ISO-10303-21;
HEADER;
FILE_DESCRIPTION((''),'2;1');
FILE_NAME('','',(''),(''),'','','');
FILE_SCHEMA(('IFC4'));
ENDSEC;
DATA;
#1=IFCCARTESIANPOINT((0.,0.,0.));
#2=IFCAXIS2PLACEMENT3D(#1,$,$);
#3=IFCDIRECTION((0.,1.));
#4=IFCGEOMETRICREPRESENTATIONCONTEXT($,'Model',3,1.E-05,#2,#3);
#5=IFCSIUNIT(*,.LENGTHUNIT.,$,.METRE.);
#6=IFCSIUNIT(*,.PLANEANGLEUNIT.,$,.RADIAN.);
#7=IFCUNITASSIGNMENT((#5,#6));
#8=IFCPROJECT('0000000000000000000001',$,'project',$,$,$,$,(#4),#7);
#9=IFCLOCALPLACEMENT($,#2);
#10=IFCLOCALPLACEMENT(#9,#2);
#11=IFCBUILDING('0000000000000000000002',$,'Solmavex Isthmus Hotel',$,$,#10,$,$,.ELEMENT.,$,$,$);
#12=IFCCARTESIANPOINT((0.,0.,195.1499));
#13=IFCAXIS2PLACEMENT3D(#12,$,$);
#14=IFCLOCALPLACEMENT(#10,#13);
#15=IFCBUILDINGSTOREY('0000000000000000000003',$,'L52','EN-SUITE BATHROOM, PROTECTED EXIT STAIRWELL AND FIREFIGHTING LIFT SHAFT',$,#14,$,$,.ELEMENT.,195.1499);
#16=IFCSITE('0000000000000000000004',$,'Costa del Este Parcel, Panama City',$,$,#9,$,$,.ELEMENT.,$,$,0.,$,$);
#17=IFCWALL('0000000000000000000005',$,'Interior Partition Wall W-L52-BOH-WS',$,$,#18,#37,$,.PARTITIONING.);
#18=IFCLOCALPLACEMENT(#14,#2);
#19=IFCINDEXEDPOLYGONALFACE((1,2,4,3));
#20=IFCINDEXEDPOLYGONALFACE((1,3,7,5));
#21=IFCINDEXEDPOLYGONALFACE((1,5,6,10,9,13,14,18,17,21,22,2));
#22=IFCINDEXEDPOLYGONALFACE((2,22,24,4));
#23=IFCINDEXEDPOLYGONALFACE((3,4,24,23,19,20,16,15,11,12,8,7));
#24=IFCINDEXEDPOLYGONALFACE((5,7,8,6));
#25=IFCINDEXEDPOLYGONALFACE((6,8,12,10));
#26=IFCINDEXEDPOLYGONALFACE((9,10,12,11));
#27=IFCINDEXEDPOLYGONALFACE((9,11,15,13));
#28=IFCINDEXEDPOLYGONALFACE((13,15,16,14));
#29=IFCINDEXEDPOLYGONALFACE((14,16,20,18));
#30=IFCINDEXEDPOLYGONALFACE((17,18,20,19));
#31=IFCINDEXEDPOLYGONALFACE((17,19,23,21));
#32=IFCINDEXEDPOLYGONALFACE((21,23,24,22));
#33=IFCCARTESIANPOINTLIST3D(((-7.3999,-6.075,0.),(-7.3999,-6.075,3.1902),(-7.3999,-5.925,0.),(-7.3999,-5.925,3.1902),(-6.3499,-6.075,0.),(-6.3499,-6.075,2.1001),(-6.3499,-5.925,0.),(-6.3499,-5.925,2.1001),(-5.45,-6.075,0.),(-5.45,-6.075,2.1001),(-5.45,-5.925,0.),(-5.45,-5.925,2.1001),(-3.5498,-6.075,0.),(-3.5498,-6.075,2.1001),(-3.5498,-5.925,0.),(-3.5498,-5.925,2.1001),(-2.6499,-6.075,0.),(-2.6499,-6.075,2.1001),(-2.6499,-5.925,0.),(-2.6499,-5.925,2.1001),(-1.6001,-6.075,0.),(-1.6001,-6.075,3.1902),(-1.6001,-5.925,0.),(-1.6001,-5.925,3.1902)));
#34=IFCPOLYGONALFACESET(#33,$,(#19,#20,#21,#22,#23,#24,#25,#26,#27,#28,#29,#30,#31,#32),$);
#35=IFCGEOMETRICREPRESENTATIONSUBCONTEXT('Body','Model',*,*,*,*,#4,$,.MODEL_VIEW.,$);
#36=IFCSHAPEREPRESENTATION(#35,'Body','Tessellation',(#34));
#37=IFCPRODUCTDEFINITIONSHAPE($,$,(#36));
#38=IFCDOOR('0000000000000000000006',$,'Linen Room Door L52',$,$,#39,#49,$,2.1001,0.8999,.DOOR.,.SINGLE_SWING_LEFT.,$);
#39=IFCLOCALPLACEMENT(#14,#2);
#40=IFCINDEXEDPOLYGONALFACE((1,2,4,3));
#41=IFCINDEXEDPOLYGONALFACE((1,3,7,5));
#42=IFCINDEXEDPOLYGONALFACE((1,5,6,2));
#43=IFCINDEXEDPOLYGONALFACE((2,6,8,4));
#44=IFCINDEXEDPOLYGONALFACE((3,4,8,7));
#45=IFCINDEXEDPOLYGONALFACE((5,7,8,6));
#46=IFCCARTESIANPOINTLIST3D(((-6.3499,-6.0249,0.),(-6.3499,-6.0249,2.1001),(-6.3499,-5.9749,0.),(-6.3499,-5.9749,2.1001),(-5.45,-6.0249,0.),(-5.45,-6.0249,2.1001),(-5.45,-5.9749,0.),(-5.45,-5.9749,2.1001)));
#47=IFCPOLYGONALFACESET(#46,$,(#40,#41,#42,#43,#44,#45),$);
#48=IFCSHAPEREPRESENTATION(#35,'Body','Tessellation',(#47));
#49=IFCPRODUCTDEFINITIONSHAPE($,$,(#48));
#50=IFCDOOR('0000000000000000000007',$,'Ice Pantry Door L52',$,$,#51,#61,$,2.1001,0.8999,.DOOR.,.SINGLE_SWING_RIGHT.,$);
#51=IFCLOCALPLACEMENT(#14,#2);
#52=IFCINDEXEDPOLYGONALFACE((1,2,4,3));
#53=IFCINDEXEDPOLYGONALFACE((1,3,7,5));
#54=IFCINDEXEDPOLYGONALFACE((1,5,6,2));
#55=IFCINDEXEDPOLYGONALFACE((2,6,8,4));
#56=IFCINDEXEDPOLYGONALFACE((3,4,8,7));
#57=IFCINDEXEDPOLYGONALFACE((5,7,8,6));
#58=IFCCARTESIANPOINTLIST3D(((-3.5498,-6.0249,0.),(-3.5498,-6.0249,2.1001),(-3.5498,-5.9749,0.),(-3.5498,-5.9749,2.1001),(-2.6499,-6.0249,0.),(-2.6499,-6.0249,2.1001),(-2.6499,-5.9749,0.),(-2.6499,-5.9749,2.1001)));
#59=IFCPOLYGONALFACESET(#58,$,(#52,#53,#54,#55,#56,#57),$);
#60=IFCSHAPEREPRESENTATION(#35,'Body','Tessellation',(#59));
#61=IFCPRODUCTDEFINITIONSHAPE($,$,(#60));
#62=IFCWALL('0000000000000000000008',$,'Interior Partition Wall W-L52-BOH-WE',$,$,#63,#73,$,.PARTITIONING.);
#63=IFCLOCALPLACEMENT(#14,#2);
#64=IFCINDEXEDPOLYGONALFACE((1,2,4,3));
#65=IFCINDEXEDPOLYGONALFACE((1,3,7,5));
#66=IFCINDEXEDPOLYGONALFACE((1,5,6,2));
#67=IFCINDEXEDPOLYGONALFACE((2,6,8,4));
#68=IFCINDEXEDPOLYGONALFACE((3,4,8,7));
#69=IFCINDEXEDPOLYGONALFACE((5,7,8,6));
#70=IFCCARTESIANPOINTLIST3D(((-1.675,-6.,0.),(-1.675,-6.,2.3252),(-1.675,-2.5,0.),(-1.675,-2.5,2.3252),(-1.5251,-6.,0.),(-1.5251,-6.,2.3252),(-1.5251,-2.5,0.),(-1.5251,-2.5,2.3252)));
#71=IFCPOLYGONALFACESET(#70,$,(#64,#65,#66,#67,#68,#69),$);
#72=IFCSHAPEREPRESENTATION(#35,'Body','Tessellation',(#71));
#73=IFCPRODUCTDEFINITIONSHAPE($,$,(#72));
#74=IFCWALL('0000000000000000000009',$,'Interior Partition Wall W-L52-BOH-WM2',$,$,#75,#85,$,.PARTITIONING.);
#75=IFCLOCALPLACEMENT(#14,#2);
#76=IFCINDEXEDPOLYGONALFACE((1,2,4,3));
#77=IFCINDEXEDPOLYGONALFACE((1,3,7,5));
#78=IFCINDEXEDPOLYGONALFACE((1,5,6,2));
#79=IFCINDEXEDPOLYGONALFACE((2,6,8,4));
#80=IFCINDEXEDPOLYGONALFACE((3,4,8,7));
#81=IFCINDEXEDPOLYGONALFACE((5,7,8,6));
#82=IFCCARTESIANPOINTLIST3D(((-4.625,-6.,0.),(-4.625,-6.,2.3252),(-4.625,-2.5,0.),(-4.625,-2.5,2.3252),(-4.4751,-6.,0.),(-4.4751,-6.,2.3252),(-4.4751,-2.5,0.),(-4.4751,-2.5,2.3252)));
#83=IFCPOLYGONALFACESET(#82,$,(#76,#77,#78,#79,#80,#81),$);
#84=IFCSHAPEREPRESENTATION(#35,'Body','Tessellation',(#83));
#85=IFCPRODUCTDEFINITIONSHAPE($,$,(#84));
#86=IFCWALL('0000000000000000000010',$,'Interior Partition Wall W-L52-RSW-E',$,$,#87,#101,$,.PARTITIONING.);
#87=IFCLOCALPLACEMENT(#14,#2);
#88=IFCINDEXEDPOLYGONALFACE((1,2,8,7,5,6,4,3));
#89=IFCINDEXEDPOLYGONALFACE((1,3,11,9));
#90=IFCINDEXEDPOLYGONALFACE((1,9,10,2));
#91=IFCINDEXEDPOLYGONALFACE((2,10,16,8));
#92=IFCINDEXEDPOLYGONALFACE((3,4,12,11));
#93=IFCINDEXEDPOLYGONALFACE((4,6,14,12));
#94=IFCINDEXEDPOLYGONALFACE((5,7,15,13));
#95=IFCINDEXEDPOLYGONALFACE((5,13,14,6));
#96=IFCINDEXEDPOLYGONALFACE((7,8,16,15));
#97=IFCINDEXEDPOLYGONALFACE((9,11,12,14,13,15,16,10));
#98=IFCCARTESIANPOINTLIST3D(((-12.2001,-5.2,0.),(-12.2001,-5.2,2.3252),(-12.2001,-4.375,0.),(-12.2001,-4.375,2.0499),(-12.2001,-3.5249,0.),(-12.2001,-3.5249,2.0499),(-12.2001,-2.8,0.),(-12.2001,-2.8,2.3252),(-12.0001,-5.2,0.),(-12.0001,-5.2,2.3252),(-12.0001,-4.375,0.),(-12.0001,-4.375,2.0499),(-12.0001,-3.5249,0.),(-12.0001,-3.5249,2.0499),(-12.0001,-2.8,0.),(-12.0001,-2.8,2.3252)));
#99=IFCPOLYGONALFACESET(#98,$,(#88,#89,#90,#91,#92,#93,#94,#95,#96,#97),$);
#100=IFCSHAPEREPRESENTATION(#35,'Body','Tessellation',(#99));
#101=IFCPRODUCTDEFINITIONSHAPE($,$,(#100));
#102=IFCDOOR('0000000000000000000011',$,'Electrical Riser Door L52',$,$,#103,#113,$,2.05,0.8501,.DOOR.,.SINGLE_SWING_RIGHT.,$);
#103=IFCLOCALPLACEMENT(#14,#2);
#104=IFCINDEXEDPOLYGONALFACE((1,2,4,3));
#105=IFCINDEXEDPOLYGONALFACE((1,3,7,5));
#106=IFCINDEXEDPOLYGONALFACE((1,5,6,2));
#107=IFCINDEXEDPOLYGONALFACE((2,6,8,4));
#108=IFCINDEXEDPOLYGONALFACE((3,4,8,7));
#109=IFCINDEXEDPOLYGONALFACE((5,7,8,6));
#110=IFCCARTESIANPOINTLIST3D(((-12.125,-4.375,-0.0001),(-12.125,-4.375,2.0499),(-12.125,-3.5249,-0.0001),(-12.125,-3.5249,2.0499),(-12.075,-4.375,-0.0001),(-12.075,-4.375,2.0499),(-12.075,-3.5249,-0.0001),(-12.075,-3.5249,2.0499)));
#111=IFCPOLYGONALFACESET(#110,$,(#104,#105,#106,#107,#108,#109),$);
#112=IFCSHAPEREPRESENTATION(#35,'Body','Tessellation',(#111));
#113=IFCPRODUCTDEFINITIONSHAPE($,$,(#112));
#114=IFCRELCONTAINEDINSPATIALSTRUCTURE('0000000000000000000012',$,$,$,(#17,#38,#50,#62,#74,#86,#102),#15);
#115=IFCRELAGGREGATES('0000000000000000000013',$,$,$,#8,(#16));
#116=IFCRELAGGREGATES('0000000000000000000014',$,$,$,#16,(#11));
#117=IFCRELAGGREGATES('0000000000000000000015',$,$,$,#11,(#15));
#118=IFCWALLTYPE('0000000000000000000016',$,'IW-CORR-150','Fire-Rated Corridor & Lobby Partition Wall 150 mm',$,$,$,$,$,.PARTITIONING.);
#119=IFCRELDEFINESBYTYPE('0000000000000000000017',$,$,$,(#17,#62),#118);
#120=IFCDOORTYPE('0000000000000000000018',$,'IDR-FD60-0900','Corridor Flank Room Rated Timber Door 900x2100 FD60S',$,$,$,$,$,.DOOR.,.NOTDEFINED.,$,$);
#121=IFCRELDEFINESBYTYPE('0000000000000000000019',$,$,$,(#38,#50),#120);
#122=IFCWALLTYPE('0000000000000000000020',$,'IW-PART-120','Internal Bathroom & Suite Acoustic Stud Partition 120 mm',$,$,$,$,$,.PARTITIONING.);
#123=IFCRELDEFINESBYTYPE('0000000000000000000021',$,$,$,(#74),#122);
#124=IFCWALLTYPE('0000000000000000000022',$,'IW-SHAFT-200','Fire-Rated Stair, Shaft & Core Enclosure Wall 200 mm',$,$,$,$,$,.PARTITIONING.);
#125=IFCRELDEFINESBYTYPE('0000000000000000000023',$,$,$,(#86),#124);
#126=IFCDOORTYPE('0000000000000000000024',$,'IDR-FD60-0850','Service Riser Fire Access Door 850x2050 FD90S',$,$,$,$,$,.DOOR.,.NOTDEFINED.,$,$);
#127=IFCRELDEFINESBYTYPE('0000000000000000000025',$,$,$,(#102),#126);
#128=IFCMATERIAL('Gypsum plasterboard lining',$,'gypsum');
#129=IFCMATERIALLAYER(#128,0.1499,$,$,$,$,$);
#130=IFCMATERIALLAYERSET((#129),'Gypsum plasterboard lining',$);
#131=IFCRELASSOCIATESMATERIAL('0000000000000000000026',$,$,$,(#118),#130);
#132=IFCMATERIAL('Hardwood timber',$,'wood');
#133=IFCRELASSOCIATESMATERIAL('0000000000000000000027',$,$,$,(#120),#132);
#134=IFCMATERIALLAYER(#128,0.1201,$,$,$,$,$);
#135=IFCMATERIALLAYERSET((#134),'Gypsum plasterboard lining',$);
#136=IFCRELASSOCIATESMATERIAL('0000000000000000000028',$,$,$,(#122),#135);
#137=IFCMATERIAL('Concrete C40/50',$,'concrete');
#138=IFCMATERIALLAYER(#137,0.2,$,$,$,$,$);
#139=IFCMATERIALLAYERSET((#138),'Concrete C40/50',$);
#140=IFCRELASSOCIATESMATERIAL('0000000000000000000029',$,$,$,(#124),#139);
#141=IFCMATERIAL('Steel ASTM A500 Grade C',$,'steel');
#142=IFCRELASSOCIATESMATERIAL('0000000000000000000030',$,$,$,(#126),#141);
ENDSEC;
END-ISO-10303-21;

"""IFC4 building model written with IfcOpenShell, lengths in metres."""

from ifc_helpers import new_model, si_unit, direction, frame, frame_2d, origin, place, context, subcontext, project, spatial, rectangle, extrude, material, layer, layer_set, type_object, element, fill, save


model = new_model("IFC4")

# Units and contexts
model_context = context("Model", 3, precision=1e-05, world=origin(), true_north=direction((0.0, 1.0)))
body_context = subcontext(model_context, "Body", "Model", "MODEL_VIEW")
ifc_project = project(units=[si_unit("LENGTHUNIT", "METRE"), si_unit("PLANEANGLEUNIT", "RADIAN")], contexts=[model_context])

# Site, building, storey
site_placement = place(None, origin())
site = spatial("IfcSite", under=ifc_project, at=site_placement, Name="Costa del Este Parcel, Panama City", CompositionType="ELEMENT", RefElevation=0.0)
building_placement = place(site_placement, origin())
building = spatial("IfcBuilding", under=site, at=building_placement, Name="Solmavex Isthmus Hotel", CompositionType="ELEMENT")
storey_placement = place(building_placement, frame((0.0, 0.0, 195.1499)))
storey = spatial("IfcBuildingStorey", under=building, at=storey_placement, Name="L52", Description="EN-SUITE BATHROOM, PROTECTED EXIT STAIRWELL AND FIREFIGHTING LIFT SHAFT", CompositionType="ELEMENT", Elevation=195.1499)

# Shared definitions
ifc_material_1 = material(Name="Concrete C40/50", Category="concrete")

# Shared definitions
ifc_material_2 = material(Name="Gypsum plasterboard lining", Category="gypsum")
ifc_material_3 = material(Name="Hardwood timber", Category="wood")

# Wall, openings, doors
ifc_layer_1 = layer(ifc_material_2, 0.1499)
ifc_layer_set_1 = layer_set([ifc_layer_1], Name="Gypsum plasterboard lining")
wall_type_1 = type_object("IfcWallType", Name="IW-CORR-150", Description="Fire-Rated Corridor & Lobby Partition Wall 150 mm", PredefinedType="PARTITIONING", material=ifc_layer_set_1)
wall_1_placement = place(storey_placement, frame((-7.3999, -6.0, 0.0), z_axis=(0.0, 0.0, 1.0), x_axis=(1.0, 0.0, 0.0)))
wall_1 = element("IfcWall", 1, at=wall_1_placement, inside=storey, type_object=wall_type_1, Name="Interior Partition Wall W-L52-BOH-WS", PredefinedType="PARTITIONING", context=body_context, shape_type="SweptSolid", body=[
    extrude(rectangle(XDim=5.7998, YDim=0.1499, at=frame_2d((2.8999, 0.0))), origin(), (0.0, 0.0, 1.0), 3.1902),
])
opening_1_placement = place(wall_1_placement, frame((1.05, 0.0, 0.0)))
opening_1 = element("IfcOpeningElement", 2, at=opening_1_placement, cuts=wall_1, PredefinedType="OPENING", context=body_context, shape_type="SweptSolid", body=[
    extrude(rectangle(XDim=0.8999, YDim=2.1001, at=frame_2d((0.45, 1.05))), frame((0.0, 0.085, 0.0), z_axis=(0.0, -1.0, 0.0), x_axis=(1.0, 0.0, 0.0)), (0.0, 0.0, 1.0), 0.1699),
])
opening_2_placement = place(wall_1_placement, frame((3.8501, 0.0, 0.0)))
opening_2 = element("IfcOpeningElement", 3, at=opening_2_placement, cuts=wall_1, PredefinedType="OPENING", context=body_context, shape_type="SweptSolid", body=[
    extrude(rectangle(XDim=0.8999, YDim=2.1001, at=frame_2d((0.45, 1.05))), frame((0.0, 0.085, 0.0), z_axis=(0.0, -1.0, 0.0), x_axis=(1.0, 0.0, 0.0)), (0.0, 0.0, 1.0), 0.1699),
])
door_type_1 = type_object("IfcDoorType", Name="IDR-FD60-0900", Description="Corridor Flank Room Rated Timber Door 900x2100 FD60S", OperationType="NOTDEFINED", PredefinedType="DOOR", material=ifc_material_3)
door_1_placement = place(opening_1_placement, frame((0.8999, 0.0, 0.0), z_axis=(0.0, 0.0, 1.0), x_axis=(-1.0, 0.0, 0.0)))
door_1 = element("IfcDoor", 4, at=door_1_placement, inside=storey, type_object=door_type_1, Name="Linen Room Door L52", OperationType="SINGLE_SWING_LEFT", OverallHeight=2.1001, OverallWidth=0.8999, PredefinedType="DOOR", context=body_context, shape_type="SweptSolid", body=[
    extrude(rectangle(XDim=0.8999, YDim=2.1001, at=frame_2d((0.45, 1.05))), frame((0.0, 0.0249, 0.0), z_axis=(0.0, -1.0, 0.0), x_axis=(1.0, 0.0, 0.0)), (0.0, 0.0, 1.0), 0.05),
])
fill(opening_1, door_1)
door_2_placement = place(opening_2_placement, frame((0.8999, 0.0, 0.0), z_axis=(0.0, 0.0, 1.0), x_axis=(-1.0, 0.0, 0.0)))
door_2 = element("IfcDoor", 5, at=door_2_placement, inside=storey, type_object=door_type_1, Name="Ice Pantry Door L52", OperationType="SINGLE_SWING_RIGHT", OverallHeight=2.1001, OverallWidth=0.8999, PredefinedType="DOOR", context=body_context, shape_type="SweptSolid", body=[
    extrude(rectangle(XDim=0.8999, YDim=2.1001, at=frame_2d((0.45, 1.05))), frame((0.0, 0.0249, 0.0), z_axis=(0.0, -1.0, 0.0), x_axis=(1.0, 0.0, 0.0)), (0.0, 0.0, 1.0), 0.05),
])
fill(opening_2, door_2)

# Walls
wall_2_placement = place(storey_placement, frame((-1.6001, -6.0, 0.0), z_axis=(0.0, 0.0, 1.0), x_axis=(0.0, 1.0, 0.0)))
element("IfcWall", 6, at=wall_2_placement, inside=storey, type_object=wall_type_1, Name="Interior Partition Wall W-L52-BOH-WE", PredefinedType="PARTITIONING", context=body_context, shape_type="SweptSolid", body=[
    extrude(rectangle(XDim=3.5, YDim=0.1499, at=frame_2d((1.75, 0.0))), origin(), (0.0, 0.0, 1.0), 2.3252),
])
ifc_layer_2 = layer(ifc_material_2, 0.1201)
ifc_layer_set_2 = layer_set([ifc_layer_2], Name="Gypsum plasterboard lining")
wall_type_2 = type_object("IfcWallType", Name="IW-PART-120", Description="Internal Bathroom & Suite Acoustic Stud Partition 120 mm", PredefinedType="PARTITIONING", material=ifc_layer_set_2)
wall_3_placement = place(storey_placement, frame((-4.55, -6.0, 0.0), z_axis=(0.0, 0.0, 1.0), x_axis=(0.0, 1.0, 0.0)))
element("IfcWall", 7, at=wall_3_placement, inside=storey, type_object=wall_type_2, Name="Interior Partition Wall W-L52-BOH-WM2", PredefinedType="PARTITIONING", context=body_context, shape_type="SweptSolid", body=[
    extrude(rectangle(XDim=3.5, YDim=0.1499, at=frame_2d((1.75, 0.0))), origin(), (0.0, 0.0, 1.0), 2.3252),
])

# Wall, opening, door
ifc_layer_3 = layer(ifc_material_1, 0.2)
ifc_layer_set_3 = layer_set([ifc_layer_3], Name="Concrete C40/50")
wall_type_3 = type_object("IfcWallType", Name="IW-SHAFT-200", Description="Fire-Rated Stair, Shaft & Core Enclosure Wall 200 mm", PredefinedType="PARTITIONING", material=ifc_layer_set_3)
wall_4_placement = place(storey_placement, frame((-12.1001, -5.2, 0.0), z_axis=(0.0, 0.0, 1.0), x_axis=(0.0, 1.0, 0.0)))
wall_4 = element("IfcWall", 8, at=wall_4_placement, inside=storey, type_object=wall_type_3, Name="Interior Partition Wall W-L52-RSW-E", PredefinedType="PARTITIONING", context=body_context, shape_type="SweptSolid", body=[
    extrude(rectangle(XDim=2.3999, YDim=0.2, at=frame_2d((1.2, 0.0))), origin(), (0.0, 0.0, 1.0), 2.3252),
])
opening_3_placement = place(wall_4_placement, frame((0.825, 0.0, 0.0)))
opening_3 = element("IfcOpeningElement", 9, at=opening_3_placement, cuts=wall_4, PredefinedType="OPENING", context=body_context, shape_type="SweptSolid", body=[
    extrude(rectangle(XDim=0.8501, YDim=2.05, at=frame_2d((0.425, 1.0249))), frame((0.0, 0.1099, 0.0), z_axis=(0.0, -1.0, 0.0), x_axis=(1.0, 0.0, 0.0)), (0.0, 0.0, 1.0), 0.22),
])
ifc_material_4 = material(Name="Steel ASTM A500 Grade C", Category="steel")
door_type_2 = type_object("IfcDoorType", Name="IDR-FD60-0850", Description="Service Riser Fire Access Door 850x2050 FD90S", OperationType="NOTDEFINED", PredefinedType="DOOR", material=ifc_material_4)
door_3_placement = place(opening_3_placement, origin())
door_3 = element("IfcDoor", 10, at=door_3_placement, inside=storey, type_object=door_type_2, Name="Electrical Riser Door L52", OperationType="SINGLE_SWING_RIGHT", OverallHeight=2.05, OverallWidth=0.8501, PredefinedType="DOOR", context=body_context, shape_type="SweptSolid", body=[
    extrude(rectangle(XDim=0.8501, YDim=2.05, at=frame_2d((0.425, 1.0249))), frame((0.0, 0.0249, 0.0), z_axis=(0.0, -1.0, 0.0), x_axis=(1.0, 0.0, 0.0)), (0.0, 0.0, 1.0), 0.05),
])
fill(opening_3, door_3)

save(model, "model.ifc")
